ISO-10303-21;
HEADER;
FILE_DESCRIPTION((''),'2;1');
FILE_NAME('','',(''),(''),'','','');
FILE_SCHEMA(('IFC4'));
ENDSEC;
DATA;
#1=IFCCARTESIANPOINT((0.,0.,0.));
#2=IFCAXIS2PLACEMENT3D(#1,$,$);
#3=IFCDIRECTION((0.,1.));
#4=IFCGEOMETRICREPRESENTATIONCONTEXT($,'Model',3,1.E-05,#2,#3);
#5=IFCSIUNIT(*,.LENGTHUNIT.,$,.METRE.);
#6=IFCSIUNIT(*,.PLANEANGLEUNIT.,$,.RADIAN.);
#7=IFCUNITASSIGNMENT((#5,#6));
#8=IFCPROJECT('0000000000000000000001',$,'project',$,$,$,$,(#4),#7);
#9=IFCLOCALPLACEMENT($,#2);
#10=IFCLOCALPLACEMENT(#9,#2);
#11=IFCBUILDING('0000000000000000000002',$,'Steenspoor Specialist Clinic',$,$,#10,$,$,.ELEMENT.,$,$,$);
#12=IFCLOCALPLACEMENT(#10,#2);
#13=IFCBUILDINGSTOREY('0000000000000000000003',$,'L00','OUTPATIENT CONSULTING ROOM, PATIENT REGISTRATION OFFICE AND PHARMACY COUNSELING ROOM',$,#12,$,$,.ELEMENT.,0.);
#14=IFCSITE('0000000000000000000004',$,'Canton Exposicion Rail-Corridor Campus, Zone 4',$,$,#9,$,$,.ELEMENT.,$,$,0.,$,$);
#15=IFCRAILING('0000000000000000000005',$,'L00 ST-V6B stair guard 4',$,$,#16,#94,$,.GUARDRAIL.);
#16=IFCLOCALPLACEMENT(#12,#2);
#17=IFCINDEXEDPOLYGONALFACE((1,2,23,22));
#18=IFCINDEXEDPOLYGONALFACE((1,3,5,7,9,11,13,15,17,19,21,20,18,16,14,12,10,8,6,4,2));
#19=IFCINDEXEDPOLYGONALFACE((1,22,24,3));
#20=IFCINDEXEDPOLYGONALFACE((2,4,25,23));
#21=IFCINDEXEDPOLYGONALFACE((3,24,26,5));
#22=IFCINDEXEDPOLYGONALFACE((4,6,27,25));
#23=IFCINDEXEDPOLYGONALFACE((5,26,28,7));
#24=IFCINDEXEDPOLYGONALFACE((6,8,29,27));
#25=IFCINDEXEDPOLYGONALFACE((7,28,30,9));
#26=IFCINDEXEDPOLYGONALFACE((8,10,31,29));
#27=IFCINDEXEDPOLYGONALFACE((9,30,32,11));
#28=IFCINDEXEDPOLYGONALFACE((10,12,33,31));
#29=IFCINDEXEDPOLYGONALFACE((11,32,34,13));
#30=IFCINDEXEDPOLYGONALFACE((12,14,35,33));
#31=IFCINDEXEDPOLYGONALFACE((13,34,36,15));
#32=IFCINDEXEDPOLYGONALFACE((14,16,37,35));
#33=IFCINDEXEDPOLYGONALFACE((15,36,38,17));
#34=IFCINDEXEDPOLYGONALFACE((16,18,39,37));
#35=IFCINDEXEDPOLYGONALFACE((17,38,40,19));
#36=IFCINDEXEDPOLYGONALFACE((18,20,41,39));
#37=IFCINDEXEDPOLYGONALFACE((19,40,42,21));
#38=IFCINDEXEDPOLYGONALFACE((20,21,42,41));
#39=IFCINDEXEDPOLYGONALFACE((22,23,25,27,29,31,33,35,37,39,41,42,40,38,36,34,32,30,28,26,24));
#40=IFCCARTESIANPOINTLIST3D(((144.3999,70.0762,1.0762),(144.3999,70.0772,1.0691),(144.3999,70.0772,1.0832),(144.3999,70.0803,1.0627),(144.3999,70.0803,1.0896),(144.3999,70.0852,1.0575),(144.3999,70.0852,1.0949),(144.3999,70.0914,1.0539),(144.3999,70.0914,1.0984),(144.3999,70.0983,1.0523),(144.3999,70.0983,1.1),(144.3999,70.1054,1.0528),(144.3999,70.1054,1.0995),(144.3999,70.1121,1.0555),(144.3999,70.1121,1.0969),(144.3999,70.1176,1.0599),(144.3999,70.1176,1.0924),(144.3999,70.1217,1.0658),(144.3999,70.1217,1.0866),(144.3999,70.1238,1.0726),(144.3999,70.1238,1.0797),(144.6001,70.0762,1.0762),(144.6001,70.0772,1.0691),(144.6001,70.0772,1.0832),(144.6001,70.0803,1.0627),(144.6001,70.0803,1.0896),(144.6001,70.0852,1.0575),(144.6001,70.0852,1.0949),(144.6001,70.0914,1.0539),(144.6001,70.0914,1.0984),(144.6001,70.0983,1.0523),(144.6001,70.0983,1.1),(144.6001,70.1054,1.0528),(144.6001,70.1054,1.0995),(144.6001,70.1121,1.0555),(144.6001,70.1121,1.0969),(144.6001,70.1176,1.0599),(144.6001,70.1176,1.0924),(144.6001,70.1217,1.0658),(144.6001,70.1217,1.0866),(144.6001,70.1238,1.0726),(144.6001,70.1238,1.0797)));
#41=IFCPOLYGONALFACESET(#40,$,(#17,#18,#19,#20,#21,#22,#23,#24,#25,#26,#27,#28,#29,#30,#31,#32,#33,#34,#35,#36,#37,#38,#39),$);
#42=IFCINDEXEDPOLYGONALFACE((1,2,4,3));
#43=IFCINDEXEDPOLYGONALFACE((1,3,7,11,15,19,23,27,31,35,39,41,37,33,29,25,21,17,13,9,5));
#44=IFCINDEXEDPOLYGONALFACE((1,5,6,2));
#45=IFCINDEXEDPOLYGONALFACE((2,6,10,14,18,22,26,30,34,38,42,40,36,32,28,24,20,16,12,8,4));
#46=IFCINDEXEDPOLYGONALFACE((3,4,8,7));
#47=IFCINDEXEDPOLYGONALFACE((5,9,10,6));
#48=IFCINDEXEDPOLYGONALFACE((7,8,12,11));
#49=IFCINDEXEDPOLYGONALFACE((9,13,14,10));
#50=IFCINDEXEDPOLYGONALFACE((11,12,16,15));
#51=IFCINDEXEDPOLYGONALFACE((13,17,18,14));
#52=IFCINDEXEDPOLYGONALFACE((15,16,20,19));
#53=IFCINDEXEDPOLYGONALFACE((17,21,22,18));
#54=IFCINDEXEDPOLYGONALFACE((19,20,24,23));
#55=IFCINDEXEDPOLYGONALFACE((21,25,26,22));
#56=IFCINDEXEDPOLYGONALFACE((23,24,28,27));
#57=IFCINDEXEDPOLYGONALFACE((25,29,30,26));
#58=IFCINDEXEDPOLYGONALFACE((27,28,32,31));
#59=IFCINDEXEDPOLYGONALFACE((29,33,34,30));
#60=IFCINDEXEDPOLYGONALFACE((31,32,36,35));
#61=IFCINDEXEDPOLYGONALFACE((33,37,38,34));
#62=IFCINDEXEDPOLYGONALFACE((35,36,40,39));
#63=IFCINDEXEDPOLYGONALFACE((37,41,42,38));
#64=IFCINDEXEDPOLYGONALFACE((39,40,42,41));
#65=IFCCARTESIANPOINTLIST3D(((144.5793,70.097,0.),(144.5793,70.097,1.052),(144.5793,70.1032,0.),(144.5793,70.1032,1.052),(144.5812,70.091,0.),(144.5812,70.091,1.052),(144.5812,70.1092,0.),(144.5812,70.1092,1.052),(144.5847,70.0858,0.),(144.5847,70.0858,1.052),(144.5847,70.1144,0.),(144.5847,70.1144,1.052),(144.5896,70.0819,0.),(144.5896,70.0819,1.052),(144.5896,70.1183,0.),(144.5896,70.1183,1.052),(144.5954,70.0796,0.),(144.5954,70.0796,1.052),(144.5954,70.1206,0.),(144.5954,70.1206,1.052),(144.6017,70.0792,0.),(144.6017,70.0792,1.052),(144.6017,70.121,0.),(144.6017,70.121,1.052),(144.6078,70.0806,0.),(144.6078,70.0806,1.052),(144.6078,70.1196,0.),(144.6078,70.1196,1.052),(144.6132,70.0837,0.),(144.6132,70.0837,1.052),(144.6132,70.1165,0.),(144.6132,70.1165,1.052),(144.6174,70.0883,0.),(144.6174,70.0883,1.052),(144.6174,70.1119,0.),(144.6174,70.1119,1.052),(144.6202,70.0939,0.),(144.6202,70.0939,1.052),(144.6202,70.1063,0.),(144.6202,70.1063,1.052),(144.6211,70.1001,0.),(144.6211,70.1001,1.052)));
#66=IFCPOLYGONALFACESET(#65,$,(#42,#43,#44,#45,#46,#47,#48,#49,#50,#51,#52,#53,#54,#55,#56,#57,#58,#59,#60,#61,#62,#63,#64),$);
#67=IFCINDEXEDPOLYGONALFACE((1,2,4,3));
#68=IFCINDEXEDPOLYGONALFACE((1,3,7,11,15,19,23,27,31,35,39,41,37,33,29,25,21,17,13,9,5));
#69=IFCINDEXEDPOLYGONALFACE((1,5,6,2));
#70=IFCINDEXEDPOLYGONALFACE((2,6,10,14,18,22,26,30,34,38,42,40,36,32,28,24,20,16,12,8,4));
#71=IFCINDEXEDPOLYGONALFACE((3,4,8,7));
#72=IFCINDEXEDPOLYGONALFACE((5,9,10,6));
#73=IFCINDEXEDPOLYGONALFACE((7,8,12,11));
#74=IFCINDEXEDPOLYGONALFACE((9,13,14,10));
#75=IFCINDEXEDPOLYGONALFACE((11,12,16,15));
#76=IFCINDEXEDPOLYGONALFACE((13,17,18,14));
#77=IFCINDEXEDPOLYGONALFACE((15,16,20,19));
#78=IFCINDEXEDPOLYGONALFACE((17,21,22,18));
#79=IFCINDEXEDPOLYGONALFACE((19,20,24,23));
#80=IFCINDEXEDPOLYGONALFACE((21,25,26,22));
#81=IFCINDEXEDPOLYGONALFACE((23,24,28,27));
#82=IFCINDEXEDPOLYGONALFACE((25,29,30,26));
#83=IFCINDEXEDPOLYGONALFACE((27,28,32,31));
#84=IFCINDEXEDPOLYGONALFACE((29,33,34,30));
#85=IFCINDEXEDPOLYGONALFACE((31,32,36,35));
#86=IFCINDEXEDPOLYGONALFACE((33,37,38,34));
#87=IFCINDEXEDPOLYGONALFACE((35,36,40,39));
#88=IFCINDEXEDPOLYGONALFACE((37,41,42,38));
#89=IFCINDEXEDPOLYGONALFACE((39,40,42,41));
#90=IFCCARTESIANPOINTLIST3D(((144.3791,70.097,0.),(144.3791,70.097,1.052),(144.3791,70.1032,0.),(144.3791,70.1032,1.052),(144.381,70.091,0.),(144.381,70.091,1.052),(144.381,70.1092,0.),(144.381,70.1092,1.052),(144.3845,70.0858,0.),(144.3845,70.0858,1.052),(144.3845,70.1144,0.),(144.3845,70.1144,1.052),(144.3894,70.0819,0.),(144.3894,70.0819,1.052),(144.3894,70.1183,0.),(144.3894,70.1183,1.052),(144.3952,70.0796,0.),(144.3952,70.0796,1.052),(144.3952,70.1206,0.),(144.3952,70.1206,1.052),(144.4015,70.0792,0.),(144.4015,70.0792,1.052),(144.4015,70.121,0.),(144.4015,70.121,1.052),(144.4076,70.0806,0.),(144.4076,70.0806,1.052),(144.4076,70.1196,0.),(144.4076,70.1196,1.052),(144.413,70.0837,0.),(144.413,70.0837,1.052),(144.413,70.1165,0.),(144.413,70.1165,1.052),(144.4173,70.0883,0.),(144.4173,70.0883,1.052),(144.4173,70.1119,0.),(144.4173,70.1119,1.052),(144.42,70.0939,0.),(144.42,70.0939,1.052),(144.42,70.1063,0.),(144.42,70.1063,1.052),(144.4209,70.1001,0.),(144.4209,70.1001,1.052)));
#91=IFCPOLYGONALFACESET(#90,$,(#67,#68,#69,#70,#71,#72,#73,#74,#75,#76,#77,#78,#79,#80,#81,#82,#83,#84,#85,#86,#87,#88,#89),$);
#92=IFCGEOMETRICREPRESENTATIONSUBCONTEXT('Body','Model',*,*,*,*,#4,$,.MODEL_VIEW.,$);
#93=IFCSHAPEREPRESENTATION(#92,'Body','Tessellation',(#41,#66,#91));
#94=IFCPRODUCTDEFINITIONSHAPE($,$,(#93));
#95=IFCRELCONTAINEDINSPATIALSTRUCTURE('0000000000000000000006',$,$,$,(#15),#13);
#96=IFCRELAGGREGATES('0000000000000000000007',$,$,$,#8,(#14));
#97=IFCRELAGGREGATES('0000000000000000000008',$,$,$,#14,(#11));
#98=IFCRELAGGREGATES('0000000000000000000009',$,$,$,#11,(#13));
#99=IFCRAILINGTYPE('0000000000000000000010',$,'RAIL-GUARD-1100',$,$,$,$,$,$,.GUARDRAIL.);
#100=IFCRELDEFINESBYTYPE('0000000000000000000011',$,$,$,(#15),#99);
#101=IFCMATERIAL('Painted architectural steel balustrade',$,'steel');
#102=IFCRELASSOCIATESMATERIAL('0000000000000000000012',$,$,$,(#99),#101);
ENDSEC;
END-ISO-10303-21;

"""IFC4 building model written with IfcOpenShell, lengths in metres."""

from ifc_helpers import new_model, si_unit, direction, frame, origin, origin_2d, place, context, subcontext, project, spatial, circle, extrude, material, type_object, element, save


model = new_model("IFC4")

# Units and contexts
model_context = context("Model", 3, precision=1e-05, world=origin(), true_north=direction((0.0, 1.0)))
body_context = subcontext(model_context, "Body", "Model", "MODEL_VIEW")
ifc_project = project(units=[si_unit("LENGTHUNIT", "METRE"), si_unit("PLANEANGLEUNIT", "RADIAN")], contexts=[model_context])

# Site, building, storey
site_placement = place(None, origin())
site = spatial("IfcSite", under=ifc_project, at=site_placement, Name="Canton Exposicion Rail-Corridor Campus, Zone 4", CompositionType="ELEMENT", RefElevation=0.0)
building_placement = place(site_placement, origin())
building = spatial("IfcBuilding", under=site, at=building_placement, Name="Steenspoor Specialist Clinic", CompositionType="ELEMENT")
storey_placement = place(building_placement, origin())
storey = spatial("IfcBuildingStorey", under=building, at=storey_placement, Name="L00", Description="OUTPATIENT CONSULTING ROOM, PATIENT REGISTRATION OFFICE AND PHARMACY COUNSELING ROOM", CompositionType="ELEMENT", Elevation=0.0)

# Railing
ifc_material_1 = material(Name="Painted architectural steel balustrade", Category="steel")
railing_type_1 = type_object("IfcRailingType", Name="RAIL-GUARD-1100", PredefinedType="GUARDRAIL", material=ifc_material_1)
railing_1_placement = place(storey_placement, frame((144.6001, 70.1001, 0.0)))
element("IfcRailing", 1, at=railing_1_placement, inside=storey, type_object=railing_type_1, Name="L00 ST-V6B stair guard 4", PredefinedType="GUARDRAIL", context=body_context, shape_type="SweptSolid", body=[
    extrude(circle(Radius=0.0239, at=origin_2d()), frame((0.0, 0.0, 1.0762), z_axis=(-1.0, 0.0, 0.0), x_axis=(0.0, -1.0, 0.0)), (0.0, 0.0, 1.0), 0.2002),
    extrude(circle(Radius=0.021, at=origin_2d()), origin(), (0.0, 0.0, 1.0), 1.052),
    extrude(circle(Radius=0.021, at=origin_2d()), frame((-0.2002, 0.0, 0.0)), (0.0, 0.0, 1.0), 1.052),
])

save(model, "model.ifc")
